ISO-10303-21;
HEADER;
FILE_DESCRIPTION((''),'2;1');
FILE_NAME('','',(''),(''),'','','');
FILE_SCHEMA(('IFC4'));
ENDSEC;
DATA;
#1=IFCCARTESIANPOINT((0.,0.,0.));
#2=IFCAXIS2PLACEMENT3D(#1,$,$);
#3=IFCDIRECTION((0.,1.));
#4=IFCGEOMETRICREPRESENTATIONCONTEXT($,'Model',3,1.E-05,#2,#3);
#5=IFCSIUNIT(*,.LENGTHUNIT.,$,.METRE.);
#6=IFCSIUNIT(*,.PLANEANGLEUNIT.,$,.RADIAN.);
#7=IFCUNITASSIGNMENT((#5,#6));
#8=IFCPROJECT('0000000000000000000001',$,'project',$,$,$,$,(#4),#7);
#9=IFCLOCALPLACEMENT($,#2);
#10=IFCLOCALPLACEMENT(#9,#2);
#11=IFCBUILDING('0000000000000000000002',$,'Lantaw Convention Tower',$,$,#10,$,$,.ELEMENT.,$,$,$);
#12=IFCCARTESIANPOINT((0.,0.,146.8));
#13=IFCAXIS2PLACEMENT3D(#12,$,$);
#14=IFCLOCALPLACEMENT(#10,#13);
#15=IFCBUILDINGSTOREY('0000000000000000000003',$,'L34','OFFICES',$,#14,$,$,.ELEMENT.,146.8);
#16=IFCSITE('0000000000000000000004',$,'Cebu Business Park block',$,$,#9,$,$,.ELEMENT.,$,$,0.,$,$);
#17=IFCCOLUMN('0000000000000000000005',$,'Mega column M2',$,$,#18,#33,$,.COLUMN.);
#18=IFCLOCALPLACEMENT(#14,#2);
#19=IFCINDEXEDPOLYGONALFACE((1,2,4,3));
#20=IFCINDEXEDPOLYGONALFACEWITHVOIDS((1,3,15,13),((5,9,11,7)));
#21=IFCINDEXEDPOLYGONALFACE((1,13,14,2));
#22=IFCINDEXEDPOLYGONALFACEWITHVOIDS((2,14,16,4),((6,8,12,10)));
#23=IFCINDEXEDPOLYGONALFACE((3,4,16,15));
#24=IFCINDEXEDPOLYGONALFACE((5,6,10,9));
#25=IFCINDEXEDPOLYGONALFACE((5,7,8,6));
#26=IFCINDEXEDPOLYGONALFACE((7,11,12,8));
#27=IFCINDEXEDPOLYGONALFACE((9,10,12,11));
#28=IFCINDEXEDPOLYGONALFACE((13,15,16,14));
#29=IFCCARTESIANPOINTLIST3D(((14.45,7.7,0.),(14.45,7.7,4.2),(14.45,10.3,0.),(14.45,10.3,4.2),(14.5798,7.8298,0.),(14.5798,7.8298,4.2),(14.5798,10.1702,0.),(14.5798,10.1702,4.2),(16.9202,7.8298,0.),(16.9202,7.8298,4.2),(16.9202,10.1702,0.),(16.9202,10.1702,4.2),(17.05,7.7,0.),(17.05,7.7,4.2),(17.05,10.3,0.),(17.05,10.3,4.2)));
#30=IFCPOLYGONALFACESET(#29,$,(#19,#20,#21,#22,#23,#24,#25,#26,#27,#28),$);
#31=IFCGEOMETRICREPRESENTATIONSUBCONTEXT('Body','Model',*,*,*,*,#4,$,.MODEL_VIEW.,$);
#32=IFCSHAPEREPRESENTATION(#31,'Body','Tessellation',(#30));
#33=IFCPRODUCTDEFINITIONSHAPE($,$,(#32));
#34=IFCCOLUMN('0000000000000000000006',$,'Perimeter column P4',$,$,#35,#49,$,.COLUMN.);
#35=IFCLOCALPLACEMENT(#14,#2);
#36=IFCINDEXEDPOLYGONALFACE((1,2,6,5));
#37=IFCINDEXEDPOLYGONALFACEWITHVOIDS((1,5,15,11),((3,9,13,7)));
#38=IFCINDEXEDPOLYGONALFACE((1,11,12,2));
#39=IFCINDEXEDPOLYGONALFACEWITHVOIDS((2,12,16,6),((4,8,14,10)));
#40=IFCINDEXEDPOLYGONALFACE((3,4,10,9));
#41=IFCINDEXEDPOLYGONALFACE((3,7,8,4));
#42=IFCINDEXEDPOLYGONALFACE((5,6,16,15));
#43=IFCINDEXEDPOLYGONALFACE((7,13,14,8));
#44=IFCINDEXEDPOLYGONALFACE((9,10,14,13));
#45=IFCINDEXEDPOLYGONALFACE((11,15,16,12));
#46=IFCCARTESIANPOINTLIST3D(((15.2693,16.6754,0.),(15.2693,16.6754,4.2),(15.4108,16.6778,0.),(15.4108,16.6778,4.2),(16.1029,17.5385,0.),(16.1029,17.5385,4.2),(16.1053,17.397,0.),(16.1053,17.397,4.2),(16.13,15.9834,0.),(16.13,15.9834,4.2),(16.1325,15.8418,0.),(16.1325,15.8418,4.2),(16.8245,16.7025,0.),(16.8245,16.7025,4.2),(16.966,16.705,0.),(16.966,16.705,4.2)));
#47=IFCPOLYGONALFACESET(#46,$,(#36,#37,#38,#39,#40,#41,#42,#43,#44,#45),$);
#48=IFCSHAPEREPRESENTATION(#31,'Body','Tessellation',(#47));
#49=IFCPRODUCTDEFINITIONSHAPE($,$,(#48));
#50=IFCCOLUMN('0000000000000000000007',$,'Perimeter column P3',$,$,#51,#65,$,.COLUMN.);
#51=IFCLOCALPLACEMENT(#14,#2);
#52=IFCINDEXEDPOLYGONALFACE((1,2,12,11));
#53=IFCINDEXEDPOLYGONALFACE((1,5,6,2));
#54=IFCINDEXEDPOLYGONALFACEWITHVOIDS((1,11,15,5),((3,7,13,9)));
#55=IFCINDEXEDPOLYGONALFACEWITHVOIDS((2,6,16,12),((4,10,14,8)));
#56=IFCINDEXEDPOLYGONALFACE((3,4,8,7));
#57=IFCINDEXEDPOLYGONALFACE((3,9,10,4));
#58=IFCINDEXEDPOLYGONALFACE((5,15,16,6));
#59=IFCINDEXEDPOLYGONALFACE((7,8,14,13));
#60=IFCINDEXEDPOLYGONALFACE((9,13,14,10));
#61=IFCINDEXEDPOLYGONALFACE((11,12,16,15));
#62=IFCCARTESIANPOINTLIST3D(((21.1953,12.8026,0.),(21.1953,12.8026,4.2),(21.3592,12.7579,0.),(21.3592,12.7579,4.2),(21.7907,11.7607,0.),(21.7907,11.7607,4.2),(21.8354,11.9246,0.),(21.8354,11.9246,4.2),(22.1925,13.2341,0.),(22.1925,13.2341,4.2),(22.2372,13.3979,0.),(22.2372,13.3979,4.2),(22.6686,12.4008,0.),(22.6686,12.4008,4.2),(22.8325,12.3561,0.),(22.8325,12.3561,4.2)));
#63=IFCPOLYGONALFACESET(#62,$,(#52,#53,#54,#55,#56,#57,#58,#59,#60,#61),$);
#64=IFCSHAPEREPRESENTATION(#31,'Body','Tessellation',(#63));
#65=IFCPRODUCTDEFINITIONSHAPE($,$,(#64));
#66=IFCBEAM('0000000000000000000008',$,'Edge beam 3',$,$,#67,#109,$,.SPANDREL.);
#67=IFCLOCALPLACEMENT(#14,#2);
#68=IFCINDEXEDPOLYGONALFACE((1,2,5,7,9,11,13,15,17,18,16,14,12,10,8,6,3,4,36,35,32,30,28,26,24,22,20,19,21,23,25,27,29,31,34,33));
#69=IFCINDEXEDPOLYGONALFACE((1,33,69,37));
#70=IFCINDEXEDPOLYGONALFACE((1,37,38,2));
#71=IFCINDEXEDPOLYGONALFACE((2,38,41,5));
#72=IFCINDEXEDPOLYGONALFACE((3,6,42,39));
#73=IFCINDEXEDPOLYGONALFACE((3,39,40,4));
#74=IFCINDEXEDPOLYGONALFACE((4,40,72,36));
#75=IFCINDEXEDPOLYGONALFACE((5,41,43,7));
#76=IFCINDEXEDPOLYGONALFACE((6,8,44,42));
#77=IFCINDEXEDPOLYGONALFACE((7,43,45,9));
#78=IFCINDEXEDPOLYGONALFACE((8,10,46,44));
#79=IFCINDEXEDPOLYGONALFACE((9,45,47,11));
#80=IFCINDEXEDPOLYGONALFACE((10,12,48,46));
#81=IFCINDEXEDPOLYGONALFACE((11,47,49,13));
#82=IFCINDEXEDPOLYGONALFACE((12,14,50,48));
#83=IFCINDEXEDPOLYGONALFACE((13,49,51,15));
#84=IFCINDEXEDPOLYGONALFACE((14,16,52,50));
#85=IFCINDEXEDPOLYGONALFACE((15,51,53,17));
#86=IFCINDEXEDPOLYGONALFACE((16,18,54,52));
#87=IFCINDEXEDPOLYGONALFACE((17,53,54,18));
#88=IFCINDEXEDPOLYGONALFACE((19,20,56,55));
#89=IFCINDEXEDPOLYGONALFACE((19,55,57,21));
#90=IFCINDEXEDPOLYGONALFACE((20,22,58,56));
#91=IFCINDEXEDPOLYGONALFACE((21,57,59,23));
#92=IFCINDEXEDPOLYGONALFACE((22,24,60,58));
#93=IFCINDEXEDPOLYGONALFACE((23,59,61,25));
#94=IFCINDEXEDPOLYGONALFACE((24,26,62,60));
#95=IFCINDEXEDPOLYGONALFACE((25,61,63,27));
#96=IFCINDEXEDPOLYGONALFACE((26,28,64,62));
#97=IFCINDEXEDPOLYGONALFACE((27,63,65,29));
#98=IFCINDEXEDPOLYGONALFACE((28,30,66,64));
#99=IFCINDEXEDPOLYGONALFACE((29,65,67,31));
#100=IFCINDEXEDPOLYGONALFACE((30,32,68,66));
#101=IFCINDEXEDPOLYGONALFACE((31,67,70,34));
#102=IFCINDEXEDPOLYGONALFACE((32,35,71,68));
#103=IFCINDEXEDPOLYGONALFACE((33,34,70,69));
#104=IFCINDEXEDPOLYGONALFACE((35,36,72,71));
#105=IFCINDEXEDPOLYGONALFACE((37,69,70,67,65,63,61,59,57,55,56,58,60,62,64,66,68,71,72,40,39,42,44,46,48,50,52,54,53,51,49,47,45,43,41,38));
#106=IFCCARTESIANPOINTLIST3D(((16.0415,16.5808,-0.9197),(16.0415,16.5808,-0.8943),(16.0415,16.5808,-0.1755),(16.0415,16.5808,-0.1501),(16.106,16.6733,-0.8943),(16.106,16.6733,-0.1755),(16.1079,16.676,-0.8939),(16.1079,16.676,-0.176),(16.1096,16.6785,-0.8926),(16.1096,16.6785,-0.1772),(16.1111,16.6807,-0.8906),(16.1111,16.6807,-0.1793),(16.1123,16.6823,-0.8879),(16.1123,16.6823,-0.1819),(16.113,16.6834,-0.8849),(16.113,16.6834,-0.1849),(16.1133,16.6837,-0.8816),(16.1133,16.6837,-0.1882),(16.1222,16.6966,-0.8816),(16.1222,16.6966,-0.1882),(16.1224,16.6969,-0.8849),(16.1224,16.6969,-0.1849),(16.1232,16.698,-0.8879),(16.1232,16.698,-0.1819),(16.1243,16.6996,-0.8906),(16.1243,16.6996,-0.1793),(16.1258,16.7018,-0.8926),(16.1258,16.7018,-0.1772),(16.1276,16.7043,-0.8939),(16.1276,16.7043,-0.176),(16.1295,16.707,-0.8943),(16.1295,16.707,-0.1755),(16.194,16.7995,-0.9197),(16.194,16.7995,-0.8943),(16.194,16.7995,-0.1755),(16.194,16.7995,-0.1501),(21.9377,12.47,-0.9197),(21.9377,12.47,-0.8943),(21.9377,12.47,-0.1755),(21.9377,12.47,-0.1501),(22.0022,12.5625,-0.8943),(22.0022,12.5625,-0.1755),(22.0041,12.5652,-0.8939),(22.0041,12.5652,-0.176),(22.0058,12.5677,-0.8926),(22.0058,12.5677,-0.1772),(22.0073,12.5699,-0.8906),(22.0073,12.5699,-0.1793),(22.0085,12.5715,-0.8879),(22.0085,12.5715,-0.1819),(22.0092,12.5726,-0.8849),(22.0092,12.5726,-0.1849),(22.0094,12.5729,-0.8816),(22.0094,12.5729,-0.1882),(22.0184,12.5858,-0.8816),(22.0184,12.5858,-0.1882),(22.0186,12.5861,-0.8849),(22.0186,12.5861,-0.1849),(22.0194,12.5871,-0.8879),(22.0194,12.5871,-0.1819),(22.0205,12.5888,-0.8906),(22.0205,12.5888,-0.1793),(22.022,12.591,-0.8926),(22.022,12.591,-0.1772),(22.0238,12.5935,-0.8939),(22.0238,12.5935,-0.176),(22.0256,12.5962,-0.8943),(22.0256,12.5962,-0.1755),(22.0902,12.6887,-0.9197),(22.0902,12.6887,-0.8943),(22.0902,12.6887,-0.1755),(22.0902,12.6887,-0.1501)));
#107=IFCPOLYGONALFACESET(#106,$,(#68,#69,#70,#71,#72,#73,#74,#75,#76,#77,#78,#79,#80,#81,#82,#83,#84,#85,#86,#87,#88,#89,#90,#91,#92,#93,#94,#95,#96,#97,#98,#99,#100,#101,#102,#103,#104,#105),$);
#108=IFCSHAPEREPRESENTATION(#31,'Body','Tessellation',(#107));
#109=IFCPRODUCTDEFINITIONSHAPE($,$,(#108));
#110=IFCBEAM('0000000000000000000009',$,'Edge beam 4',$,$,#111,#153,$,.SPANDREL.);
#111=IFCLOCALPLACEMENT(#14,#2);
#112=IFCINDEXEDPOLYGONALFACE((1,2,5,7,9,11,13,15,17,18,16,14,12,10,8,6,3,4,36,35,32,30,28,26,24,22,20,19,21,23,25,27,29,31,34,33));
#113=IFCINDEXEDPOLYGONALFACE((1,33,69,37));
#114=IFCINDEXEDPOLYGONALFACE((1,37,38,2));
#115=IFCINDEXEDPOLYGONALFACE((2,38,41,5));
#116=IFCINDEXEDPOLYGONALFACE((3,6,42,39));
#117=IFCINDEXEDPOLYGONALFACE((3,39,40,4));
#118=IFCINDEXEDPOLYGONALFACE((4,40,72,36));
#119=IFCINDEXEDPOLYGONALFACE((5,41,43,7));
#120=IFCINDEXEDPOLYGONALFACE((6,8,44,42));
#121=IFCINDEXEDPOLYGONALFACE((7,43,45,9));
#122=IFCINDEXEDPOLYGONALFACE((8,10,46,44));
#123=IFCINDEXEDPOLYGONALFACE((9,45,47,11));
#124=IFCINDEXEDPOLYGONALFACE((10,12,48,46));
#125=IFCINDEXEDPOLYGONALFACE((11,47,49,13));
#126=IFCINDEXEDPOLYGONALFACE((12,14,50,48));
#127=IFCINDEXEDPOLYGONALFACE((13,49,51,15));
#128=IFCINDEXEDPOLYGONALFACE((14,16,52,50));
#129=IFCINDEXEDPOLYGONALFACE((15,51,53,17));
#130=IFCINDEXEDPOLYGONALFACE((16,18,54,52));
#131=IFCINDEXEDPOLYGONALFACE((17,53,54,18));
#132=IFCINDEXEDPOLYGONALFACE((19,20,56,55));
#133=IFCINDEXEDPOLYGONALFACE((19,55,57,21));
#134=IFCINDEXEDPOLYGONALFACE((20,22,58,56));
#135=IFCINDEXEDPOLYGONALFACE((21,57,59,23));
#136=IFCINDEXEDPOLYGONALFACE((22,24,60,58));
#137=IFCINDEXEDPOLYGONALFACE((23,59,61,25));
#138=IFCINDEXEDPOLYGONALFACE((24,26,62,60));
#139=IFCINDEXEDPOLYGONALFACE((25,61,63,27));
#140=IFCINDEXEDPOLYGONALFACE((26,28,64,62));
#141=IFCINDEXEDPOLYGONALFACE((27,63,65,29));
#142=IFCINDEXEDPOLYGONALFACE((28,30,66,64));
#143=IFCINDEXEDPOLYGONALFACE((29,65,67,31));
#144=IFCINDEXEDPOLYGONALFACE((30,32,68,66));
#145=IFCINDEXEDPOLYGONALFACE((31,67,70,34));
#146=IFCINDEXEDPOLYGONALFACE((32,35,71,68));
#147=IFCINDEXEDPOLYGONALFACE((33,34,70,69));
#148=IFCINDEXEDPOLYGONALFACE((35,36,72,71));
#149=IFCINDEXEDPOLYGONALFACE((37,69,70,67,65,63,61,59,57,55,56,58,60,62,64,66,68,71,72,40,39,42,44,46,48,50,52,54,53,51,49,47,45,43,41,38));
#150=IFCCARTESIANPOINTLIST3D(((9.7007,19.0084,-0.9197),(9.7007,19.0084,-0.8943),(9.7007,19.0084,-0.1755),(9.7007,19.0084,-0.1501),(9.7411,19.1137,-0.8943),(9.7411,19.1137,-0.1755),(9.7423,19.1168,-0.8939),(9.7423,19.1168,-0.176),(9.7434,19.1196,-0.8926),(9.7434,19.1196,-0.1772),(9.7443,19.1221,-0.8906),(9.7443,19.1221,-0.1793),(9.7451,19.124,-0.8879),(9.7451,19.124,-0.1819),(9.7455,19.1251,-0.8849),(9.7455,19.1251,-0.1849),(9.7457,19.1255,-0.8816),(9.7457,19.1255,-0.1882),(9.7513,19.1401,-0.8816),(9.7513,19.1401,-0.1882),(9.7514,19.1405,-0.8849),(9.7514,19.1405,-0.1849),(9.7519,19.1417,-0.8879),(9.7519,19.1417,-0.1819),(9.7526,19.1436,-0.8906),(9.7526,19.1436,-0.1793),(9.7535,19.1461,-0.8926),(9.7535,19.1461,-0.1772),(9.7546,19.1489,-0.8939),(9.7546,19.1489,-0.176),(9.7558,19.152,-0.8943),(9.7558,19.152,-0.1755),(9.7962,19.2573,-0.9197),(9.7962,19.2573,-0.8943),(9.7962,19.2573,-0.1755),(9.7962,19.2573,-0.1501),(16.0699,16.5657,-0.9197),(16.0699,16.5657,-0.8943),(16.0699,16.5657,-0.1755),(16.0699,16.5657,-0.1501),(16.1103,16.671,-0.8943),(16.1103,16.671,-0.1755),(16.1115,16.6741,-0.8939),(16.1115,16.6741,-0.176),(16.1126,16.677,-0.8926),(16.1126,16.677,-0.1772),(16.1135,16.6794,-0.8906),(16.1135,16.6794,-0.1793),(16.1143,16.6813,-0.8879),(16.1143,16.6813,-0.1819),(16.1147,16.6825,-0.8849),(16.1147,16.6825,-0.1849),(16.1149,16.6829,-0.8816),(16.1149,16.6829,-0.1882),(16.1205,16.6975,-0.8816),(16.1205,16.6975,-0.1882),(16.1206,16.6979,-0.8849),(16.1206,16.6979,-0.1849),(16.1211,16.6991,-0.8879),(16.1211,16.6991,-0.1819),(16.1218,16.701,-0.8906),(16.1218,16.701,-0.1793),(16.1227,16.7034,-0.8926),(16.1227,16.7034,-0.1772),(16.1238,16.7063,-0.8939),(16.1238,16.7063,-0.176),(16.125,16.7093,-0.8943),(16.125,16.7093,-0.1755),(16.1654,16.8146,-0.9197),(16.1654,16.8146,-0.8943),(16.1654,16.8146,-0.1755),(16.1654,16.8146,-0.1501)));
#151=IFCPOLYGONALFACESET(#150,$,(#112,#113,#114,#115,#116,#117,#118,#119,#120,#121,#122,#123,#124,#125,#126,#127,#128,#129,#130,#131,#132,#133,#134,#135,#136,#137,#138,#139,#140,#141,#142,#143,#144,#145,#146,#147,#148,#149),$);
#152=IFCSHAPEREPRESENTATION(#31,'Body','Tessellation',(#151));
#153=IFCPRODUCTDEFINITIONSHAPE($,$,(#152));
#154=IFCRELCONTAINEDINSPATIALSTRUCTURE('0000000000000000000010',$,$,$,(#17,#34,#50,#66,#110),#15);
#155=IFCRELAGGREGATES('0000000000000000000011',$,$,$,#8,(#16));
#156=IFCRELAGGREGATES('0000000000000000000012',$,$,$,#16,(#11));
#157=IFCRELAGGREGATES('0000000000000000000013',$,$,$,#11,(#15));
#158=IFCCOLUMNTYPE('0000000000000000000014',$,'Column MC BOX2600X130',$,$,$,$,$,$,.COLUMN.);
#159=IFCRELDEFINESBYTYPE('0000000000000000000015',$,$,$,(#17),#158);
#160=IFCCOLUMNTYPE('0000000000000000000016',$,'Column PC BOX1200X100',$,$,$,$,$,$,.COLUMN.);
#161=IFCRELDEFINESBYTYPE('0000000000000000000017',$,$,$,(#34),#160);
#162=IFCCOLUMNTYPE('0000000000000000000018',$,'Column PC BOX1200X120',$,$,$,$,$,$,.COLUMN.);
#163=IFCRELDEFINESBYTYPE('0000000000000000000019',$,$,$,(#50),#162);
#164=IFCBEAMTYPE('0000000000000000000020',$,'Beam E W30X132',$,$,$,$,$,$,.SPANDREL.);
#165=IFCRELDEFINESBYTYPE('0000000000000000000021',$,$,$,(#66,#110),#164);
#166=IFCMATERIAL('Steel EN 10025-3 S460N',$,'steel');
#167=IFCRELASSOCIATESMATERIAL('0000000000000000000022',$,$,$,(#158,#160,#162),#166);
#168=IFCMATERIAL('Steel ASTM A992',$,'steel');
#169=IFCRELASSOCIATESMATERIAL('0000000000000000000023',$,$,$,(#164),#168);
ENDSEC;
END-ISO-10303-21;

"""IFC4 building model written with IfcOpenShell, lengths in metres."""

from ifc_helpers import new_model, si_unit, direction, frame, origin, origin_2d, place, context, subcontext, project, spatial, rectangle, hollow_rectangle, i_section, extrude, material, material_profile, profile_set, type_object, element, save


model = new_model("IFC4")

# Units and contexts
model_context = context("Model", 3, precision=1e-05, world=origin(), true_north=direction((0.0, 1.0)))
body_context = subcontext(model_context, "Body", "Model", "MODEL_VIEW")
ifc_project = project(units=[si_unit("LENGTHUNIT", "METRE"), si_unit("PLANEANGLEUNIT", "RADIAN")], contexts=[model_context])

# Site, building, storey
site_placement = place(None, origin())
site = spatial("IfcSite", under=ifc_project, at=site_placement, Name="Cebu Business Park block", CompositionType="ELEMENT", RefElevation=0.0)
building_placement = place(site_placement, origin())
building = spatial("IfcBuilding", under=site, at=building_placement, Name="Lantaw Convention Tower", CompositionType="ELEMENT")
storey_placement = place(building_placement, frame((0.0, 0.0, 146.8)))
storey = spatial("IfcBuildingStorey", under=building, at=storey_placement, Name="L34", Description="OFFICES", CompositionType="ELEMENT", Elevation=146.8)

# Columns
ifc_material_1 = material(Name="Steel EN 10025-3 S460N", Category="steel")
ifc_material_profile_1 = material_profile(ifc_material_1, hollow_rectangle(XDim=2.6001, YDim=2.6001, WallThickness=0.1299, at=origin_2d()), Name="BOX2600X130")
ifc_material_2 = material(Name="Concrete C60/75", Category="concrete")
ifc_material_profile_2 = material_profile(ifc_material_2, rectangle(XDim=2.3401, YDim=2.3401, at=origin_2d()), Name="Concrete fill of BOX2600X130")
ifc_profile_set_1 = profile_set([ifc_material_profile_1, ifc_material_profile_2], Name="Steel EN 10025-3 S460N")
column_type_1 = type_object("IfcColumnType", Name="Column MC BOX2600X130", PredefinedType="COLUMN", material=ifc_profile_set_1)
column_1_placement = place(storey_placement, frame((15.75, 9.0, 0.0), z_axis=(0.0, 0.0, 1.0), x_axis=(1.0, 0.0, 0.0)))
element("IfcColumn", 1, at=column_1_placement, inside=storey, type_object=column_type_1, Name="Mega column M2", PredefinedType="COLUMN", context=body_context, shape_type="SweptSolid", body=[
    extrude(hollow_rectangle(XDim=2.6001, YDim=2.6001, WallThickness=0.1299, at=origin_2d()), origin(), (0.0, 0.0, 1.0), 4.2),
])
ifc_material_profile_3 = material_profile(ifc_material_1, hollow_rectangle(XDim=1.2, YDim=1.2, WallThickness=0.1001, at=origin_2d()), Name="BOX1200X100")
ifc_material_profile_4 = material_profile(ifc_material_2, rectangle(XDim=1.0, YDim=1.0, at=origin_2d()), Name="Concrete fill of BOX1200X100")
ifc_profile_set_2 = profile_set([ifc_material_profile_3, ifc_material_profile_4], Name="Steel EN 10025-3 S460N")
column_type_2 = type_object("IfcColumnType", Name="Column PC BOX1200X100", PredefinedType="COLUMN", material=ifc_profile_set_2)
column_2_placement = place(storey_placement, frame((16.1177, 16.6902, 0.0), z_axis=(0.0, 0.0, 1.0), x_axis=(0.694658, 0.71934, 0.0)))
element("IfcColumn", 2, at=column_2_placement, inside=storey, type_object=column_type_2, Name="Perimeter column P4", PredefinedType="COLUMN", context=body_context, shape_type="SweptSolid", body=[
    extrude(hollow_rectangle(XDim=1.2, YDim=1.2, WallThickness=0.1001, at=origin_2d()), origin(), (0.0, 0.0, 1.0), 4.2),
])
ifc_material_profile_5 = material_profile(ifc_material_1, hollow_rectangle(XDim=1.2, YDim=1.2, WallThickness=0.1201, at=origin_2d()), Name="BOX1200X120")
ifc_material_profile_6 = material_profile(ifc_material_2, rectangle(XDim=0.96, YDim=0.96, at=origin_2d()), Name="Concrete fill of BOX1200X120")
ifc_profile_set_3 = profile_set([ifc_material_profile_5, ifc_material_profile_6], Name="Steel EN 10025-3 S460N")
column_type_3 = type_object("IfcColumnType", Name="Column PC BOX1200X120", PredefinedType="COLUMN", material=ifc_profile_set_3)
column_3_placement = place(storey_placement, frame((22.0139, 12.5793, 0.0), z_axis=(0.0, 0.0, 1.0), x_axis=(0.868243, 0.496139, 0.0)))
element("IfcColumn", 3, at=column_3_placement, inside=storey, type_object=column_type_3, Name="Perimeter column P3", PredefinedType="COLUMN", context=body_context, shape_type="SweptSolid", body=[
    extrude(hollow_rectangle(XDim=1.2, YDim=1.2, WallThickness=0.1201, at=origin_2d()), origin(), (0.0, 0.0, 1.0), 4.2),
])

# Beams
ifc_material_3 = material(Name="Steel ASTM A992", Category="steel")
ifc_material_profile_7 = material_profile(ifc_material_3, i_section(OverallWidth=0.2666, OverallDepth=0.7695, WebThickness=0.0156, FlangeThickness=0.0254, FilletRadius=0.0127, at=origin_2d()), Name="W30X132")
ifc_profile_set_4 = profile_set([ifc_material_profile_7], Name="Steel ASTM A992")
beam_type_1 = type_object("IfcBeamType", Name="Beam E W30X132", PredefinedType="SPANDREL", material=ifc_profile_set_4)
beam_1_placement = place(storey_placement, frame((22.0139, 12.5793, -0.5349), z_axis=(-0.820311, 0.571918, 0.0), x_axis=(-0.571918, -0.820311, 0.0)))
element("IfcBeam", 4, at=beam_1_placement, inside=storey, type_object=beam_type_1, Name="Edge beam 3", PredefinedType="SPANDREL", context=body_context, shape_type="SweptSolid", body=[
    extrude(i_section(OverallWidth=0.2666, OverallDepth=0.7695, WebThickness=0.0156, FlangeThickness=0.0254, FilletRadius=0.0127, at=origin_2d()), origin(), (0.0, 0.0, 1.0), 7.1877),
])
beam_2_placement = place(storey_placement, frame((16.1177, 16.6902, -0.5349), z_axis=(-0.933691, 0.35808, 0.0), x_axis=(-0.35808, -0.933691, 0.0)))
element("IfcBeam", 5, at=beam_2_placement, inside=storey, type_object=beam_type_1, Name="Edge beam 4", PredefinedType="SPANDREL", context=body_context, shape_type="SweptSolid", body=[
    extrude(i_section(OverallWidth=0.2666, OverallDepth=0.7695, WebThickness=0.0156, FlangeThickness=0.0254, FilletRadius=0.0127, at=origin_2d()), origin(), (0.0, 0.0, 1.0), 6.8215),
])

save(model, "model.ifc")
